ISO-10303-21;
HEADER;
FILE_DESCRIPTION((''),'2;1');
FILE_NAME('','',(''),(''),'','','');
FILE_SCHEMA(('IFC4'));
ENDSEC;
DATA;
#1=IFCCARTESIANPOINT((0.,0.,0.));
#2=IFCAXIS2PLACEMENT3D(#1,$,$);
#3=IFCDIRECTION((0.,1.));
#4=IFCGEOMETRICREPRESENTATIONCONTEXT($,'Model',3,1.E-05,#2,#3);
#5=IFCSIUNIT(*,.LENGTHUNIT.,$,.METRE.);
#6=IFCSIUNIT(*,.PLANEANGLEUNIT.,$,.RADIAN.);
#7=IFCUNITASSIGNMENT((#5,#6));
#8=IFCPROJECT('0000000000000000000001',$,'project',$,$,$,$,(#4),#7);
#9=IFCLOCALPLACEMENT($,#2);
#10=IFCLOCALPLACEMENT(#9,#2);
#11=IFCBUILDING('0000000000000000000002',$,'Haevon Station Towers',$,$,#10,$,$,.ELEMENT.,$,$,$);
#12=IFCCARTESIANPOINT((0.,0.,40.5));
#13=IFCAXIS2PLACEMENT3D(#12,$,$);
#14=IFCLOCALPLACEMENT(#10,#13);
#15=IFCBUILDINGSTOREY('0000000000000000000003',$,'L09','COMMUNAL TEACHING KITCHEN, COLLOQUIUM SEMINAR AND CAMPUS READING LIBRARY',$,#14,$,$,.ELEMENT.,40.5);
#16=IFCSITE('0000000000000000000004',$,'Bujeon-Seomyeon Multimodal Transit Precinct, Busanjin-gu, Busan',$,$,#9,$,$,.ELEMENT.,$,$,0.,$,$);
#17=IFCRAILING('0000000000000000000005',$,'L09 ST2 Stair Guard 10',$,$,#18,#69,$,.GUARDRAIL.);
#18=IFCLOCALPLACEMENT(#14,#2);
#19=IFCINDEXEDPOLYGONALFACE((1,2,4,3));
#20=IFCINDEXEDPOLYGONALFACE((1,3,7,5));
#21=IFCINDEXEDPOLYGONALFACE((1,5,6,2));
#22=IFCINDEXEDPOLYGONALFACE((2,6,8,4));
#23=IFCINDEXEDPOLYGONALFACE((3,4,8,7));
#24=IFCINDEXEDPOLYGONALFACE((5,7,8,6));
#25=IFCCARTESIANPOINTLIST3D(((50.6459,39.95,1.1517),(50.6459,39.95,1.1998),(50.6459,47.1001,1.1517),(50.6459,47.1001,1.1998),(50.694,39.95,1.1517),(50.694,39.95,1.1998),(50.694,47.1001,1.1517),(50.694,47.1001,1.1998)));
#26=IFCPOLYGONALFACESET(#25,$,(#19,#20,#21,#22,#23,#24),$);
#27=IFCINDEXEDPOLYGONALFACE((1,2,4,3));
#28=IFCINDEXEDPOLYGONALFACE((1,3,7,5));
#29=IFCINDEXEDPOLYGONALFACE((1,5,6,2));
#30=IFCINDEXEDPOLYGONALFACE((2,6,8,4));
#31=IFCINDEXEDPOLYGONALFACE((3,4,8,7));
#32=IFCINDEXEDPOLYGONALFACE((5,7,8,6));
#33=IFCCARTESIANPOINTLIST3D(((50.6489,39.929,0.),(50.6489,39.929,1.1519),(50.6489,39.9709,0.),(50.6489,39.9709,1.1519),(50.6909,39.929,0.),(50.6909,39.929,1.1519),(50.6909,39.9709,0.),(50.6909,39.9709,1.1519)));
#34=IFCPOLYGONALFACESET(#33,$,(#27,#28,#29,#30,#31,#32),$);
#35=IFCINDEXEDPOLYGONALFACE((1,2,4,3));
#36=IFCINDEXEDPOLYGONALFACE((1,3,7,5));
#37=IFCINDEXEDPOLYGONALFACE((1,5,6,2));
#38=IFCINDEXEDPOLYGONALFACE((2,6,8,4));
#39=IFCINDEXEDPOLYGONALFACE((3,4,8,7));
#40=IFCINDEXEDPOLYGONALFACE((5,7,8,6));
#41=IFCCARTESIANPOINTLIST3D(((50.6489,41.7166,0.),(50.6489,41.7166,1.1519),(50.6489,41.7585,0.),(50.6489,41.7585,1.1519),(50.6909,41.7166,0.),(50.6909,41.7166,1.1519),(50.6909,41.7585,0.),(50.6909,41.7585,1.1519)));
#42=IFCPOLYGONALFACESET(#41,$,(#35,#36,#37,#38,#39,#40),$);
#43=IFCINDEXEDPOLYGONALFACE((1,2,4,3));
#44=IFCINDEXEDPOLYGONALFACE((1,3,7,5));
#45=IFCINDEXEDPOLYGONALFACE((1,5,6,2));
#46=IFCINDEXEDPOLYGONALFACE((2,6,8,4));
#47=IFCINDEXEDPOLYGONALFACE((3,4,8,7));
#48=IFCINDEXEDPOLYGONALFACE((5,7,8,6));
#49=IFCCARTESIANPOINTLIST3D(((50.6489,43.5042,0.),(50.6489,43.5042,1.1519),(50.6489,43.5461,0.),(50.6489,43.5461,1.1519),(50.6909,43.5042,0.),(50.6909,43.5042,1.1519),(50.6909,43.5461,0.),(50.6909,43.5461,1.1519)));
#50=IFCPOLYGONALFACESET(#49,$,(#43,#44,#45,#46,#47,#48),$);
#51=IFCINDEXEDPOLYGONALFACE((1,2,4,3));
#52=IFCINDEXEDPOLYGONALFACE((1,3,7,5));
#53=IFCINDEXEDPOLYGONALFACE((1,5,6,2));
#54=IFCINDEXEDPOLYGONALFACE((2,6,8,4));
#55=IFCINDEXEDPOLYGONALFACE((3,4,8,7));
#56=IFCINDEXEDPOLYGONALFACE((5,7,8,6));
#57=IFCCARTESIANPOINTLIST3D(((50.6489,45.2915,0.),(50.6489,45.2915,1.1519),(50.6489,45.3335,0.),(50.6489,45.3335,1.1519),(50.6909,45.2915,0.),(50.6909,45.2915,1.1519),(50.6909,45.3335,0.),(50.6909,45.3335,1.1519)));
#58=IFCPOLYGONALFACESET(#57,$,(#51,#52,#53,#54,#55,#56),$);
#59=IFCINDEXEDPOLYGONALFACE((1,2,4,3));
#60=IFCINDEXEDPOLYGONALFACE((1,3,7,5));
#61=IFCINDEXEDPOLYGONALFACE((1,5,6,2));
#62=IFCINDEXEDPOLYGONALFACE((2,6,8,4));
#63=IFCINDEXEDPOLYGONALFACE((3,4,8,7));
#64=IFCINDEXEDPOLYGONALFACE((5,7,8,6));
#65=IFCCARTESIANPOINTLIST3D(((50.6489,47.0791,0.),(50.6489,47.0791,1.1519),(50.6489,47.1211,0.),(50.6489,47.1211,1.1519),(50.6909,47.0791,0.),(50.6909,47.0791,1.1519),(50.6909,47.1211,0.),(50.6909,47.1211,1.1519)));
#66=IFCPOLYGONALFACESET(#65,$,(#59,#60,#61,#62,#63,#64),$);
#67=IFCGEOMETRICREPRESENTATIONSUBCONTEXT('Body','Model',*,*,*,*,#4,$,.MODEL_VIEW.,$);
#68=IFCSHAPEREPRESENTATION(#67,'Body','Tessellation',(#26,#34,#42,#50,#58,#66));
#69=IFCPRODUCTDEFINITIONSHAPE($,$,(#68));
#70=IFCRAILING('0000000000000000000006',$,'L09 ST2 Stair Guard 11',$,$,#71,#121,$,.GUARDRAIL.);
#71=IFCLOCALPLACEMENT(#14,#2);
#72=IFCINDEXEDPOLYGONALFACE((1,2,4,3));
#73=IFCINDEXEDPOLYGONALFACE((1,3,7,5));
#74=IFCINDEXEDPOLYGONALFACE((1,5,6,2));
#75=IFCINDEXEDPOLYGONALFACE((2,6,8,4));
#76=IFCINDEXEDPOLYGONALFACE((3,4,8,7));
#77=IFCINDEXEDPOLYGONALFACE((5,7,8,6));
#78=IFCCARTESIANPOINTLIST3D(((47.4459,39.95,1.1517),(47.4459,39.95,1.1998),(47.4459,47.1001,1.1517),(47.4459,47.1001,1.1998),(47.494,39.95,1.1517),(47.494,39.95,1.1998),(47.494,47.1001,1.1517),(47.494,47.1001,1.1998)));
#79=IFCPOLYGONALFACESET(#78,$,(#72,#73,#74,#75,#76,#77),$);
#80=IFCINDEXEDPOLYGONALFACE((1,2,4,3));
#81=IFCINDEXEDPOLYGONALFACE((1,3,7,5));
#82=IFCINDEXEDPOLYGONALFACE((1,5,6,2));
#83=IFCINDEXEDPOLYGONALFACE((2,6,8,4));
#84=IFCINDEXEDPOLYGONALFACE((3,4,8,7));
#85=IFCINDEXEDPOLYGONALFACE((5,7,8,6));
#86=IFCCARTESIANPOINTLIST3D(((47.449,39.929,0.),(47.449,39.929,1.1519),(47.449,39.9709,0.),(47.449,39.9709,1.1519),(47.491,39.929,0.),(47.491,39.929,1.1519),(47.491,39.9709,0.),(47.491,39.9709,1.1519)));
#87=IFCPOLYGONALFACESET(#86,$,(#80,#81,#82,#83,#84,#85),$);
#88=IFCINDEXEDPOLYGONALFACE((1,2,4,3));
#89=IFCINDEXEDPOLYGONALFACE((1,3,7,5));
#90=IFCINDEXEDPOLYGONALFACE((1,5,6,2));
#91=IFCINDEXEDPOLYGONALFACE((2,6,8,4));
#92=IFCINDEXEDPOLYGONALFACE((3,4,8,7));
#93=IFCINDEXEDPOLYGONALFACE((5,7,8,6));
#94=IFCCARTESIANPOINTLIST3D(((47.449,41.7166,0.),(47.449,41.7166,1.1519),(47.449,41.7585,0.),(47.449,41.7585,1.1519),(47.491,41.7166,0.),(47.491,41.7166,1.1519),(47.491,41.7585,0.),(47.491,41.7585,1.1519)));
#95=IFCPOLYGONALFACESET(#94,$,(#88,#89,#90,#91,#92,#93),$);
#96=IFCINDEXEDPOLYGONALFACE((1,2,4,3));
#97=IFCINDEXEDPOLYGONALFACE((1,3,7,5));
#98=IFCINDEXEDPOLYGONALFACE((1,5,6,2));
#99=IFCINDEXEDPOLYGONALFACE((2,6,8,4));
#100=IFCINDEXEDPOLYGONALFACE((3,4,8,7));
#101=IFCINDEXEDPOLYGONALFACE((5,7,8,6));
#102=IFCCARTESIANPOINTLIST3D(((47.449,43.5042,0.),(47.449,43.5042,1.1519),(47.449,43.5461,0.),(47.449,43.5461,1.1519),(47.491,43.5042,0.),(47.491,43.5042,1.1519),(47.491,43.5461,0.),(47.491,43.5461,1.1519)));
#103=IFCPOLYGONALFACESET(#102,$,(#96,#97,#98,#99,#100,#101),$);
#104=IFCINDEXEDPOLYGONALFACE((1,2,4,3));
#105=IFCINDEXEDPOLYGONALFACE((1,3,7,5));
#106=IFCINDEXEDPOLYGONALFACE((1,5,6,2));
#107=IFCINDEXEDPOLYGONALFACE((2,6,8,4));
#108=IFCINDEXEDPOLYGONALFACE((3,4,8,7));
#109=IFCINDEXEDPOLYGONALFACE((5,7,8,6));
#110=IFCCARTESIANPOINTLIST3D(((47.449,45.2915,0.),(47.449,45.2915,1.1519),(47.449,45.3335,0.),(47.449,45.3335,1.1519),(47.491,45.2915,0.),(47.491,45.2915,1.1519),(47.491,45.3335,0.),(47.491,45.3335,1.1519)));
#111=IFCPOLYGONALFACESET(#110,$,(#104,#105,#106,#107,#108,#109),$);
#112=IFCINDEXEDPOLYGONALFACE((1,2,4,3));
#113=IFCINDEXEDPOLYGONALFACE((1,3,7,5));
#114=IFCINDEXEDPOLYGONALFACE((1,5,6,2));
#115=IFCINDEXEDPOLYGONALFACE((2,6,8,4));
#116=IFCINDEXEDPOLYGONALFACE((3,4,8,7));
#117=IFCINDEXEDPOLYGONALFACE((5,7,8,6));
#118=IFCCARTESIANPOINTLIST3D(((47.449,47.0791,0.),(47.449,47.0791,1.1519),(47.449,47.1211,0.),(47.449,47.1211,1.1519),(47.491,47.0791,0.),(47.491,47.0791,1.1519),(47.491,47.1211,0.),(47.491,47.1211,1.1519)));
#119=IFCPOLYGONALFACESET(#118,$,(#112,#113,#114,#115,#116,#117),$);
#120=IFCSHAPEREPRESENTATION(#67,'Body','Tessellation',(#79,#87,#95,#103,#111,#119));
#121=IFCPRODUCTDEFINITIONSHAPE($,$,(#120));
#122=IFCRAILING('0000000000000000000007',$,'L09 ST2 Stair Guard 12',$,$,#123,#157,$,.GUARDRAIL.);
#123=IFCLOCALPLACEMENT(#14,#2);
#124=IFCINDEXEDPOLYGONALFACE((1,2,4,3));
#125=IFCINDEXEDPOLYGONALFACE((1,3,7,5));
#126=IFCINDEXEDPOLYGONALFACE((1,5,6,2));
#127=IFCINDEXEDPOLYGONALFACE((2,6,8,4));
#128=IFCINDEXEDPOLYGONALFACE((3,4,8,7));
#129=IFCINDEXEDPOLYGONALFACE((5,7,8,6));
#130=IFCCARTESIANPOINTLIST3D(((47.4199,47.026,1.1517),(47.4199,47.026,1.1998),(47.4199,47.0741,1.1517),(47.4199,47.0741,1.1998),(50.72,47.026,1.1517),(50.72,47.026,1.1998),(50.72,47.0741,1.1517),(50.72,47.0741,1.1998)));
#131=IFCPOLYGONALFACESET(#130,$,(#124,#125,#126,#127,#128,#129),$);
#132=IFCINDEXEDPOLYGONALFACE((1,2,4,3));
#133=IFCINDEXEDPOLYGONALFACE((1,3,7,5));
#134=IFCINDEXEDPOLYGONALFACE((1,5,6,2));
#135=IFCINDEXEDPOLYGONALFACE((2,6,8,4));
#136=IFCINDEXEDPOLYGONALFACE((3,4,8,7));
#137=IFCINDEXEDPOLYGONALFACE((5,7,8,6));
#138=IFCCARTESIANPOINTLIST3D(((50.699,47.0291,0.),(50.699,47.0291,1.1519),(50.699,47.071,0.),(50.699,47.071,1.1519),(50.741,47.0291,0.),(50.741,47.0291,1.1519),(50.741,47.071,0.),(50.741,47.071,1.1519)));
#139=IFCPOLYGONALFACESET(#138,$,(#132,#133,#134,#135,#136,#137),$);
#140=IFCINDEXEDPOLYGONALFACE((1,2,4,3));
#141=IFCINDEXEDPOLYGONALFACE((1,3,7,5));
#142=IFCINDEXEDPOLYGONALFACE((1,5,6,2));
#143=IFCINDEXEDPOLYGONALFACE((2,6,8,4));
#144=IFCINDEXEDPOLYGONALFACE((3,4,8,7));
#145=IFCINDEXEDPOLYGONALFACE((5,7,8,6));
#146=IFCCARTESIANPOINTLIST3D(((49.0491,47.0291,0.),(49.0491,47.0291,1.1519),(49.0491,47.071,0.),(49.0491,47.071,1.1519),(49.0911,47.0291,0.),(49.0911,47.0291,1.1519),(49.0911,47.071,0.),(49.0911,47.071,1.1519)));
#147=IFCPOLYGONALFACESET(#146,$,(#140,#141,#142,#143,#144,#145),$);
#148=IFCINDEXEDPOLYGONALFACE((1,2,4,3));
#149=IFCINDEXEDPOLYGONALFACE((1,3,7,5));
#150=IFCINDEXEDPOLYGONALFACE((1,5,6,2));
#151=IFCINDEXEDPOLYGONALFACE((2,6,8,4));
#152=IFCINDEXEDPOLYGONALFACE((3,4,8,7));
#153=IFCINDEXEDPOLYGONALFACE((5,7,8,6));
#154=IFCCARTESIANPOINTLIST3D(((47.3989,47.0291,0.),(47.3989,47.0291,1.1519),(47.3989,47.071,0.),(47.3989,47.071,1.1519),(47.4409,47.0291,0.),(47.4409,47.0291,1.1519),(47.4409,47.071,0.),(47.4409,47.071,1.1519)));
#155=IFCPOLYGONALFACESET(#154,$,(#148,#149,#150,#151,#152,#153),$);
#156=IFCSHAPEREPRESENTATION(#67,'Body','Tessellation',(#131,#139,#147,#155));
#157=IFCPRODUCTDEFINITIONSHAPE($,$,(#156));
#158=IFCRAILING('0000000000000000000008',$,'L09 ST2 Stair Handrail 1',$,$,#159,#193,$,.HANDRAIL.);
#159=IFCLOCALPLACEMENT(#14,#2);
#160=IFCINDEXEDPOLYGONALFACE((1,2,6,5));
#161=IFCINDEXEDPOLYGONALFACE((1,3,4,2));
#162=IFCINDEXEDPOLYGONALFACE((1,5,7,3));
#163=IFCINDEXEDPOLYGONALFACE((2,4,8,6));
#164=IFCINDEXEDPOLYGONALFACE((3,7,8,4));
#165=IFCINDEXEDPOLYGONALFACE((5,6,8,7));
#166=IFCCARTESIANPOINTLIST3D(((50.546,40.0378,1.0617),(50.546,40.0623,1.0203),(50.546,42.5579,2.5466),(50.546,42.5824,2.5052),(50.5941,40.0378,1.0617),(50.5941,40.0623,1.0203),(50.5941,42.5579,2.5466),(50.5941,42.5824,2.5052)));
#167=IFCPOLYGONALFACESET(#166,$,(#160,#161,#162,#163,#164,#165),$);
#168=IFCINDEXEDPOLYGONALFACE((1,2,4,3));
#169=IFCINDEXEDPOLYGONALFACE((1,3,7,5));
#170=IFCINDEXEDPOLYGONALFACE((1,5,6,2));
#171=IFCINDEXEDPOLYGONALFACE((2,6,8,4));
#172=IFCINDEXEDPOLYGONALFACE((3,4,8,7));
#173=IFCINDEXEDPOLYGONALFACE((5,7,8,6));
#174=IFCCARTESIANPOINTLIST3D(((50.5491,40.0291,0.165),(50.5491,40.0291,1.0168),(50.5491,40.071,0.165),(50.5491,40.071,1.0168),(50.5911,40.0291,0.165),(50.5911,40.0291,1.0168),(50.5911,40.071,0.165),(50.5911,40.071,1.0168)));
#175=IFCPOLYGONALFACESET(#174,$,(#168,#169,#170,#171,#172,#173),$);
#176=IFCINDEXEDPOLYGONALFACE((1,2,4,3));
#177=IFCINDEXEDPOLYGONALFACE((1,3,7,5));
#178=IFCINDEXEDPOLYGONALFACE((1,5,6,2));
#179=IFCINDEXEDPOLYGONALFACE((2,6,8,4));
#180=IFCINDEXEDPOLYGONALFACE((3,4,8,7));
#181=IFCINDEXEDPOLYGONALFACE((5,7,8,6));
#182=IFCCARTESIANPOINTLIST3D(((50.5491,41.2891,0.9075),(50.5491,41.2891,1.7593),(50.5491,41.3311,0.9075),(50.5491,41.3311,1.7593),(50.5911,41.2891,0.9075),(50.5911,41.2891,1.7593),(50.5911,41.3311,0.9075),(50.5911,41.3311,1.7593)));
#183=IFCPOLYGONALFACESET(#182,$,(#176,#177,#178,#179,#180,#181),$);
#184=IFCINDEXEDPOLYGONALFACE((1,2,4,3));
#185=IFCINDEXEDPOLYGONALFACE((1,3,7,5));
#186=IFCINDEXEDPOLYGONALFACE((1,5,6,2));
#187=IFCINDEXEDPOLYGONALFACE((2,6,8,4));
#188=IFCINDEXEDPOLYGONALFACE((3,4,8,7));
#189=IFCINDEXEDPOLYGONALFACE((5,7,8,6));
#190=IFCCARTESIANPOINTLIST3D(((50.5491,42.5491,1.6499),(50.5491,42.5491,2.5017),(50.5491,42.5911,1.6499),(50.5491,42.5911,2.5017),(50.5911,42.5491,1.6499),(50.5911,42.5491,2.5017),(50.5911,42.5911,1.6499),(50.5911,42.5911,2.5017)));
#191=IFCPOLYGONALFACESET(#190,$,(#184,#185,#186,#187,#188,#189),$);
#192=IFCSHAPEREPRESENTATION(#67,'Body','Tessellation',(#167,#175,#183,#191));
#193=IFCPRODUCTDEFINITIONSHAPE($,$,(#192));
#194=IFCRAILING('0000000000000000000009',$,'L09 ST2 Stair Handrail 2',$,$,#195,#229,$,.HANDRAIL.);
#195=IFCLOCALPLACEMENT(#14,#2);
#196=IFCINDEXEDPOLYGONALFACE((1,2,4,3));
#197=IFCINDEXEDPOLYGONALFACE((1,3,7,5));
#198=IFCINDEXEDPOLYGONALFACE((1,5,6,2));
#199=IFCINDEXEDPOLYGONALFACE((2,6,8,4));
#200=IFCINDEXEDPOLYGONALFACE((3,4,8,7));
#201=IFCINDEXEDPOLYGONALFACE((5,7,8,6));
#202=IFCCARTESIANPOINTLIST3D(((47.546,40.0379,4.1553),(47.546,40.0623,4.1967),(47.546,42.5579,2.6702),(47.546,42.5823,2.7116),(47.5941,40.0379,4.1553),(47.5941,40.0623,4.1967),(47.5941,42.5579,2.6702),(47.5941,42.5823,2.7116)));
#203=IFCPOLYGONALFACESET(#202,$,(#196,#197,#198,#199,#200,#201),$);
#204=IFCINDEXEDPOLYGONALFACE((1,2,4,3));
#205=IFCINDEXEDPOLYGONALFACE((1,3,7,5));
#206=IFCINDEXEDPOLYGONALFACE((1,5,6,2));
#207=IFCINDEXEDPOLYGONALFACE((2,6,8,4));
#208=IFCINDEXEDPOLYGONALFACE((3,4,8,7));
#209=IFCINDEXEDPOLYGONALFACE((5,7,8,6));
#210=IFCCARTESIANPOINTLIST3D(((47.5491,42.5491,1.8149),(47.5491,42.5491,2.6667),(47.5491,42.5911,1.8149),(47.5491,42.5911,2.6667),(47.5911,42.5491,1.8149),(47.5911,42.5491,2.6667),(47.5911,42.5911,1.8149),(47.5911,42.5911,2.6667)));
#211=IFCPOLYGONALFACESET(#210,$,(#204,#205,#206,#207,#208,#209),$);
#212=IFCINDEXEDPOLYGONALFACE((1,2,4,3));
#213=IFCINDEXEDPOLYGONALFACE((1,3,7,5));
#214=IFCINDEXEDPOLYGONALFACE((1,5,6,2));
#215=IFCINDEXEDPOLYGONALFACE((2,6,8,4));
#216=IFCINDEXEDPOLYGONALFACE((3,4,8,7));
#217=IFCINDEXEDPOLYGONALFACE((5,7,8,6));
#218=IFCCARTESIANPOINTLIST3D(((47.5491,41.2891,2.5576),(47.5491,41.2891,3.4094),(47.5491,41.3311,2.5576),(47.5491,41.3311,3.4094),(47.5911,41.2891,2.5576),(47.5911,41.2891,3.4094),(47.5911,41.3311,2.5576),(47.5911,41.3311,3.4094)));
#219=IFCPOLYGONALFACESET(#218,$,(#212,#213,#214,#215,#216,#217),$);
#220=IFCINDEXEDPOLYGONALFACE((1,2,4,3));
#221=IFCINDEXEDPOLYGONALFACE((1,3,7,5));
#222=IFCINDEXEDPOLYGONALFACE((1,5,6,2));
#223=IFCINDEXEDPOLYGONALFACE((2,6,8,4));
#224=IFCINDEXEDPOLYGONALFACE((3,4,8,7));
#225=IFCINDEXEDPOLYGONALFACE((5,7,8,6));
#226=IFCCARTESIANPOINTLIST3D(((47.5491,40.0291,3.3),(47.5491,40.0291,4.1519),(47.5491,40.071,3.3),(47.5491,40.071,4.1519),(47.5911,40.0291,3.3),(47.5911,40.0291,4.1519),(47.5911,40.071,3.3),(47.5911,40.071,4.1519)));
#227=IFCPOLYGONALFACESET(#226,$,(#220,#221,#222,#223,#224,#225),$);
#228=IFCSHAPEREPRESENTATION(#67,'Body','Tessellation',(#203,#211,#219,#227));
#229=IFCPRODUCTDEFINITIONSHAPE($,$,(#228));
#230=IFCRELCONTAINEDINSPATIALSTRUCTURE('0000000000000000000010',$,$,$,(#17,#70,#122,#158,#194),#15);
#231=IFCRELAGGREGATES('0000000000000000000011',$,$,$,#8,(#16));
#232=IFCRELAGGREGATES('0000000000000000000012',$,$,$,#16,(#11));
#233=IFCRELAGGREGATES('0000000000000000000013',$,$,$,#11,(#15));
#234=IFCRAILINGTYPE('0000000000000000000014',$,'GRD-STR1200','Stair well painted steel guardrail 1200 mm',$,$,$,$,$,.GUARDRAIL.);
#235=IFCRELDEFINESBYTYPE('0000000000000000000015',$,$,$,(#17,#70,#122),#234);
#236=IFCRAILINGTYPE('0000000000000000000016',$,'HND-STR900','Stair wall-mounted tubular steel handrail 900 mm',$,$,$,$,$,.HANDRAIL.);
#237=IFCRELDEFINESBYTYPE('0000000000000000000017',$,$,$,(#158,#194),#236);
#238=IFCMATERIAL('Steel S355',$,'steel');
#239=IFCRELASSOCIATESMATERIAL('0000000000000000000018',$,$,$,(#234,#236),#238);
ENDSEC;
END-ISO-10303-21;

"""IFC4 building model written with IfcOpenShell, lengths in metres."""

from ifc_helpers import new_model, si_unit, direction, frame, origin, origin_2d, place, context, subcontext, project, spatial, rectangle, extrude, material, type_object, element, save


model = new_model("IFC4")

# Units and contexts
model_context = context("Model", 3, precision=1e-05, world=origin(), true_north=direction((0.0, 1.0)))
body_context = subcontext(model_context, "Body", "Model", "MODEL_VIEW")
ifc_project = project(units=[si_unit("LENGTHUNIT", "METRE"), si_unit("PLANEANGLEUNIT", "RADIAN")], contexts=[model_context])

# Site, building, storey
site_placement = place(None, origin())
site = spatial("IfcSite", under=ifc_project, at=site_placement, Name="Bujeon-Seomyeon Multimodal Transit Precinct, Busanjin-gu, Busan", CompositionType="ELEMENT", RefElevation=0.0)
building_placement = place(site_placement, origin())
building = spatial("IfcBuilding", under=site, at=building_placement, Name="Haevon Station Towers", CompositionType="ELEMENT")
storey_placement = place(building_placement, frame((0.0, 0.0, 40.5)))
storey = spatial("IfcBuildingStorey", under=building, at=storey_placement, Name="L09", Description="COMMUNAL TEACHING KITCHEN, COLLOQUIUM SEMINAR AND CAMPUS READING LIBRARY", CompositionType="ELEMENT", Elevation=40.5)

# Shared definitions
ifc_material_1 = material(Name="Steel S355", Category="steel")

# Railings
railing_type_1 = type_object("IfcRailingType", Name="GRD-STR1200", Description="Stair well painted steel guardrail 1200 mm", PredefinedType="GUARDRAIL", material=ifc_material_1)
for number, where, name in (
    (1, (50.6699, 39.95, 0.0), "L09 ST2 Stair Guard 10"),
    (2, (47.47, 39.95, 0.0), "L09 ST2 Stair Guard 11"),
):
    element("IfcRailing", number, at=place(storey_placement, frame(where)), inside=storey, type_object=railing_type_1, Name=name, PredefinedType="GUARDRAIL", context=body_context, shape_type="SweptSolid", body=[
        extrude(rectangle(XDim=0.0481, YDim=0.0481, at=origin_2d()), frame((0.0, 0.0, 1.1758), z_axis=(0.0, 1.0, 0.0), x_axis=(-1.0, 0.0, 0.0)), (0.0, 0.0, 1.0), 7.1501),
        extrude(rectangle(XDim=0.042, YDim=0.042, at=origin_2d()), origin(), (0.0, 0.0, 1.0), 1.1519),
        extrude(rectangle(XDim=0.042, YDim=0.042, at=origin_2d()), frame((0.0, 1.7876, 0.0)), (0.0, 0.0, 1.0), 1.1519),
        extrude(rectangle(XDim=0.042, YDim=0.042, at=origin_2d()), frame((0.0, 3.5752, 0.0)), (0.0, 0.0, 1.0), 1.1519),
        extrude(rectangle(XDim=0.042, YDim=0.042, at=origin_2d()), frame((0.0, 5.3625, 0.0)), (0.0, 0.0, 1.0), 1.1519),
        extrude(rectangle(XDim=0.042, YDim=0.042, at=origin_2d()), frame((0.0, 7.1501, 0.0)), (0.0, 0.0, 1.0), 1.1519),
    ])
railing_1_placement = place(storey_placement, frame((50.72, 47.05, 0.0)))
element("IfcRailing", 3, at=railing_1_placement, inside=storey, type_object=railing_type_1, Name="L09 ST2 Stair Guard 12", PredefinedType="GUARDRAIL", context=body_context, shape_type="SweptSolid", body=[
    extrude(rectangle(XDim=0.0481, YDim=0.0481, at=origin_2d()), frame((0.0, 0.0, 1.1758), z_axis=(-1.0, 0.0, 0.0), x_axis=(0.0, -1.0, 0.0)), (0.0, 0.0, 1.0), 3.3),
    extrude(rectangle(XDim=0.042, YDim=0.042, at=origin_2d()), origin(), (0.0, 0.0, 1.0), 1.1519),
    extrude(rectangle(XDim=0.042, YDim=0.042, at=origin_2d()), frame((-1.6499, 0.0, 0.0)), (0.0, 0.0, 1.0), 1.1519),
    extrude(rectangle(XDim=0.042, YDim=0.042, at=origin_2d()), frame((-3.3, 0.0, 0.0)), (0.0, 0.0, 1.0), 1.1519),
])
railing_type_2 = type_object("IfcRailingType", Name="HND-STR900", Description="Stair wall-mounted tubular steel handrail 900 mm", PredefinedType="HANDRAIL", material=ifc_material_1)
railing_2_placement = place(storey_placement, frame((50.5701, 40.05, 0.165)))
element("IfcRailing", 4, at=railing_2_placement, inside=storey, type_object=railing_type_2, Name="L09 ST2 Stair Handrail 1", PredefinedType="HANDRAIL", context=body_context, shape_type="SweptSolid", body=[
    extrude(rectangle(XDim=0.0481, YDim=0.0481, at=origin_2d()), frame((0.0, 0.0, 0.876), z_axis=(0.0, 0.861561, 0.507655), x_axis=(-1.0, 0.0, 0.0)), (0.0, 0.0, 1.0), 2.925),
    extrude(rectangle(XDim=0.042, YDim=0.042, at=origin_2d()), origin(), (0.0, 0.0, 1.0), 0.8518),
    extrude(rectangle(XDim=0.042, YDim=0.042, at=origin_2d()), frame((0.0, 1.26, 0.7424)), (0.0, 0.0, 1.0), 0.8518),
    extrude(rectangle(XDim=0.042, YDim=0.042, at=origin_2d()), frame((0.0, 2.52, 1.4849)), (0.0, 0.0, 1.0), 0.8518),
])
railing_3_placement = place(storey_placement, frame((47.5701, 42.5701, 1.8149)))
element("IfcRailing", 5, at=railing_3_placement, inside=storey, type_object=railing_type_2, Name="L09 ST2 Stair Handrail 2", PredefinedType="HANDRAIL", context=body_context, shape_type="SweptSolid", body=[
    extrude(rectangle(XDim=0.0481, YDim=0.0481, at=origin_2d()), frame((0.0, 0.0, 0.876), z_axis=(0.0, -0.861524, 0.507717), x_axis=(1.0, 0.0, 0.0)), (0.0, 0.0, 1.0), 2.925),
    extrude(rectangle(XDim=0.042, YDim=0.042, at=origin_2d()), origin(), (0.0, 0.0, 1.0), 0.8518),
    extrude(rectangle(XDim=0.042, YDim=0.042, at=origin_2d()), frame((0.0, -1.26, 0.7427)), (0.0, 0.0, 1.0), 0.8518),
    extrude(rectangle(XDim=0.042, YDim=0.042, at=origin_2d()), frame((0.0, -2.52, 1.4851)), (0.0, 0.0, 1.0), 0.8518),
])

save(model, "model.ifc")
